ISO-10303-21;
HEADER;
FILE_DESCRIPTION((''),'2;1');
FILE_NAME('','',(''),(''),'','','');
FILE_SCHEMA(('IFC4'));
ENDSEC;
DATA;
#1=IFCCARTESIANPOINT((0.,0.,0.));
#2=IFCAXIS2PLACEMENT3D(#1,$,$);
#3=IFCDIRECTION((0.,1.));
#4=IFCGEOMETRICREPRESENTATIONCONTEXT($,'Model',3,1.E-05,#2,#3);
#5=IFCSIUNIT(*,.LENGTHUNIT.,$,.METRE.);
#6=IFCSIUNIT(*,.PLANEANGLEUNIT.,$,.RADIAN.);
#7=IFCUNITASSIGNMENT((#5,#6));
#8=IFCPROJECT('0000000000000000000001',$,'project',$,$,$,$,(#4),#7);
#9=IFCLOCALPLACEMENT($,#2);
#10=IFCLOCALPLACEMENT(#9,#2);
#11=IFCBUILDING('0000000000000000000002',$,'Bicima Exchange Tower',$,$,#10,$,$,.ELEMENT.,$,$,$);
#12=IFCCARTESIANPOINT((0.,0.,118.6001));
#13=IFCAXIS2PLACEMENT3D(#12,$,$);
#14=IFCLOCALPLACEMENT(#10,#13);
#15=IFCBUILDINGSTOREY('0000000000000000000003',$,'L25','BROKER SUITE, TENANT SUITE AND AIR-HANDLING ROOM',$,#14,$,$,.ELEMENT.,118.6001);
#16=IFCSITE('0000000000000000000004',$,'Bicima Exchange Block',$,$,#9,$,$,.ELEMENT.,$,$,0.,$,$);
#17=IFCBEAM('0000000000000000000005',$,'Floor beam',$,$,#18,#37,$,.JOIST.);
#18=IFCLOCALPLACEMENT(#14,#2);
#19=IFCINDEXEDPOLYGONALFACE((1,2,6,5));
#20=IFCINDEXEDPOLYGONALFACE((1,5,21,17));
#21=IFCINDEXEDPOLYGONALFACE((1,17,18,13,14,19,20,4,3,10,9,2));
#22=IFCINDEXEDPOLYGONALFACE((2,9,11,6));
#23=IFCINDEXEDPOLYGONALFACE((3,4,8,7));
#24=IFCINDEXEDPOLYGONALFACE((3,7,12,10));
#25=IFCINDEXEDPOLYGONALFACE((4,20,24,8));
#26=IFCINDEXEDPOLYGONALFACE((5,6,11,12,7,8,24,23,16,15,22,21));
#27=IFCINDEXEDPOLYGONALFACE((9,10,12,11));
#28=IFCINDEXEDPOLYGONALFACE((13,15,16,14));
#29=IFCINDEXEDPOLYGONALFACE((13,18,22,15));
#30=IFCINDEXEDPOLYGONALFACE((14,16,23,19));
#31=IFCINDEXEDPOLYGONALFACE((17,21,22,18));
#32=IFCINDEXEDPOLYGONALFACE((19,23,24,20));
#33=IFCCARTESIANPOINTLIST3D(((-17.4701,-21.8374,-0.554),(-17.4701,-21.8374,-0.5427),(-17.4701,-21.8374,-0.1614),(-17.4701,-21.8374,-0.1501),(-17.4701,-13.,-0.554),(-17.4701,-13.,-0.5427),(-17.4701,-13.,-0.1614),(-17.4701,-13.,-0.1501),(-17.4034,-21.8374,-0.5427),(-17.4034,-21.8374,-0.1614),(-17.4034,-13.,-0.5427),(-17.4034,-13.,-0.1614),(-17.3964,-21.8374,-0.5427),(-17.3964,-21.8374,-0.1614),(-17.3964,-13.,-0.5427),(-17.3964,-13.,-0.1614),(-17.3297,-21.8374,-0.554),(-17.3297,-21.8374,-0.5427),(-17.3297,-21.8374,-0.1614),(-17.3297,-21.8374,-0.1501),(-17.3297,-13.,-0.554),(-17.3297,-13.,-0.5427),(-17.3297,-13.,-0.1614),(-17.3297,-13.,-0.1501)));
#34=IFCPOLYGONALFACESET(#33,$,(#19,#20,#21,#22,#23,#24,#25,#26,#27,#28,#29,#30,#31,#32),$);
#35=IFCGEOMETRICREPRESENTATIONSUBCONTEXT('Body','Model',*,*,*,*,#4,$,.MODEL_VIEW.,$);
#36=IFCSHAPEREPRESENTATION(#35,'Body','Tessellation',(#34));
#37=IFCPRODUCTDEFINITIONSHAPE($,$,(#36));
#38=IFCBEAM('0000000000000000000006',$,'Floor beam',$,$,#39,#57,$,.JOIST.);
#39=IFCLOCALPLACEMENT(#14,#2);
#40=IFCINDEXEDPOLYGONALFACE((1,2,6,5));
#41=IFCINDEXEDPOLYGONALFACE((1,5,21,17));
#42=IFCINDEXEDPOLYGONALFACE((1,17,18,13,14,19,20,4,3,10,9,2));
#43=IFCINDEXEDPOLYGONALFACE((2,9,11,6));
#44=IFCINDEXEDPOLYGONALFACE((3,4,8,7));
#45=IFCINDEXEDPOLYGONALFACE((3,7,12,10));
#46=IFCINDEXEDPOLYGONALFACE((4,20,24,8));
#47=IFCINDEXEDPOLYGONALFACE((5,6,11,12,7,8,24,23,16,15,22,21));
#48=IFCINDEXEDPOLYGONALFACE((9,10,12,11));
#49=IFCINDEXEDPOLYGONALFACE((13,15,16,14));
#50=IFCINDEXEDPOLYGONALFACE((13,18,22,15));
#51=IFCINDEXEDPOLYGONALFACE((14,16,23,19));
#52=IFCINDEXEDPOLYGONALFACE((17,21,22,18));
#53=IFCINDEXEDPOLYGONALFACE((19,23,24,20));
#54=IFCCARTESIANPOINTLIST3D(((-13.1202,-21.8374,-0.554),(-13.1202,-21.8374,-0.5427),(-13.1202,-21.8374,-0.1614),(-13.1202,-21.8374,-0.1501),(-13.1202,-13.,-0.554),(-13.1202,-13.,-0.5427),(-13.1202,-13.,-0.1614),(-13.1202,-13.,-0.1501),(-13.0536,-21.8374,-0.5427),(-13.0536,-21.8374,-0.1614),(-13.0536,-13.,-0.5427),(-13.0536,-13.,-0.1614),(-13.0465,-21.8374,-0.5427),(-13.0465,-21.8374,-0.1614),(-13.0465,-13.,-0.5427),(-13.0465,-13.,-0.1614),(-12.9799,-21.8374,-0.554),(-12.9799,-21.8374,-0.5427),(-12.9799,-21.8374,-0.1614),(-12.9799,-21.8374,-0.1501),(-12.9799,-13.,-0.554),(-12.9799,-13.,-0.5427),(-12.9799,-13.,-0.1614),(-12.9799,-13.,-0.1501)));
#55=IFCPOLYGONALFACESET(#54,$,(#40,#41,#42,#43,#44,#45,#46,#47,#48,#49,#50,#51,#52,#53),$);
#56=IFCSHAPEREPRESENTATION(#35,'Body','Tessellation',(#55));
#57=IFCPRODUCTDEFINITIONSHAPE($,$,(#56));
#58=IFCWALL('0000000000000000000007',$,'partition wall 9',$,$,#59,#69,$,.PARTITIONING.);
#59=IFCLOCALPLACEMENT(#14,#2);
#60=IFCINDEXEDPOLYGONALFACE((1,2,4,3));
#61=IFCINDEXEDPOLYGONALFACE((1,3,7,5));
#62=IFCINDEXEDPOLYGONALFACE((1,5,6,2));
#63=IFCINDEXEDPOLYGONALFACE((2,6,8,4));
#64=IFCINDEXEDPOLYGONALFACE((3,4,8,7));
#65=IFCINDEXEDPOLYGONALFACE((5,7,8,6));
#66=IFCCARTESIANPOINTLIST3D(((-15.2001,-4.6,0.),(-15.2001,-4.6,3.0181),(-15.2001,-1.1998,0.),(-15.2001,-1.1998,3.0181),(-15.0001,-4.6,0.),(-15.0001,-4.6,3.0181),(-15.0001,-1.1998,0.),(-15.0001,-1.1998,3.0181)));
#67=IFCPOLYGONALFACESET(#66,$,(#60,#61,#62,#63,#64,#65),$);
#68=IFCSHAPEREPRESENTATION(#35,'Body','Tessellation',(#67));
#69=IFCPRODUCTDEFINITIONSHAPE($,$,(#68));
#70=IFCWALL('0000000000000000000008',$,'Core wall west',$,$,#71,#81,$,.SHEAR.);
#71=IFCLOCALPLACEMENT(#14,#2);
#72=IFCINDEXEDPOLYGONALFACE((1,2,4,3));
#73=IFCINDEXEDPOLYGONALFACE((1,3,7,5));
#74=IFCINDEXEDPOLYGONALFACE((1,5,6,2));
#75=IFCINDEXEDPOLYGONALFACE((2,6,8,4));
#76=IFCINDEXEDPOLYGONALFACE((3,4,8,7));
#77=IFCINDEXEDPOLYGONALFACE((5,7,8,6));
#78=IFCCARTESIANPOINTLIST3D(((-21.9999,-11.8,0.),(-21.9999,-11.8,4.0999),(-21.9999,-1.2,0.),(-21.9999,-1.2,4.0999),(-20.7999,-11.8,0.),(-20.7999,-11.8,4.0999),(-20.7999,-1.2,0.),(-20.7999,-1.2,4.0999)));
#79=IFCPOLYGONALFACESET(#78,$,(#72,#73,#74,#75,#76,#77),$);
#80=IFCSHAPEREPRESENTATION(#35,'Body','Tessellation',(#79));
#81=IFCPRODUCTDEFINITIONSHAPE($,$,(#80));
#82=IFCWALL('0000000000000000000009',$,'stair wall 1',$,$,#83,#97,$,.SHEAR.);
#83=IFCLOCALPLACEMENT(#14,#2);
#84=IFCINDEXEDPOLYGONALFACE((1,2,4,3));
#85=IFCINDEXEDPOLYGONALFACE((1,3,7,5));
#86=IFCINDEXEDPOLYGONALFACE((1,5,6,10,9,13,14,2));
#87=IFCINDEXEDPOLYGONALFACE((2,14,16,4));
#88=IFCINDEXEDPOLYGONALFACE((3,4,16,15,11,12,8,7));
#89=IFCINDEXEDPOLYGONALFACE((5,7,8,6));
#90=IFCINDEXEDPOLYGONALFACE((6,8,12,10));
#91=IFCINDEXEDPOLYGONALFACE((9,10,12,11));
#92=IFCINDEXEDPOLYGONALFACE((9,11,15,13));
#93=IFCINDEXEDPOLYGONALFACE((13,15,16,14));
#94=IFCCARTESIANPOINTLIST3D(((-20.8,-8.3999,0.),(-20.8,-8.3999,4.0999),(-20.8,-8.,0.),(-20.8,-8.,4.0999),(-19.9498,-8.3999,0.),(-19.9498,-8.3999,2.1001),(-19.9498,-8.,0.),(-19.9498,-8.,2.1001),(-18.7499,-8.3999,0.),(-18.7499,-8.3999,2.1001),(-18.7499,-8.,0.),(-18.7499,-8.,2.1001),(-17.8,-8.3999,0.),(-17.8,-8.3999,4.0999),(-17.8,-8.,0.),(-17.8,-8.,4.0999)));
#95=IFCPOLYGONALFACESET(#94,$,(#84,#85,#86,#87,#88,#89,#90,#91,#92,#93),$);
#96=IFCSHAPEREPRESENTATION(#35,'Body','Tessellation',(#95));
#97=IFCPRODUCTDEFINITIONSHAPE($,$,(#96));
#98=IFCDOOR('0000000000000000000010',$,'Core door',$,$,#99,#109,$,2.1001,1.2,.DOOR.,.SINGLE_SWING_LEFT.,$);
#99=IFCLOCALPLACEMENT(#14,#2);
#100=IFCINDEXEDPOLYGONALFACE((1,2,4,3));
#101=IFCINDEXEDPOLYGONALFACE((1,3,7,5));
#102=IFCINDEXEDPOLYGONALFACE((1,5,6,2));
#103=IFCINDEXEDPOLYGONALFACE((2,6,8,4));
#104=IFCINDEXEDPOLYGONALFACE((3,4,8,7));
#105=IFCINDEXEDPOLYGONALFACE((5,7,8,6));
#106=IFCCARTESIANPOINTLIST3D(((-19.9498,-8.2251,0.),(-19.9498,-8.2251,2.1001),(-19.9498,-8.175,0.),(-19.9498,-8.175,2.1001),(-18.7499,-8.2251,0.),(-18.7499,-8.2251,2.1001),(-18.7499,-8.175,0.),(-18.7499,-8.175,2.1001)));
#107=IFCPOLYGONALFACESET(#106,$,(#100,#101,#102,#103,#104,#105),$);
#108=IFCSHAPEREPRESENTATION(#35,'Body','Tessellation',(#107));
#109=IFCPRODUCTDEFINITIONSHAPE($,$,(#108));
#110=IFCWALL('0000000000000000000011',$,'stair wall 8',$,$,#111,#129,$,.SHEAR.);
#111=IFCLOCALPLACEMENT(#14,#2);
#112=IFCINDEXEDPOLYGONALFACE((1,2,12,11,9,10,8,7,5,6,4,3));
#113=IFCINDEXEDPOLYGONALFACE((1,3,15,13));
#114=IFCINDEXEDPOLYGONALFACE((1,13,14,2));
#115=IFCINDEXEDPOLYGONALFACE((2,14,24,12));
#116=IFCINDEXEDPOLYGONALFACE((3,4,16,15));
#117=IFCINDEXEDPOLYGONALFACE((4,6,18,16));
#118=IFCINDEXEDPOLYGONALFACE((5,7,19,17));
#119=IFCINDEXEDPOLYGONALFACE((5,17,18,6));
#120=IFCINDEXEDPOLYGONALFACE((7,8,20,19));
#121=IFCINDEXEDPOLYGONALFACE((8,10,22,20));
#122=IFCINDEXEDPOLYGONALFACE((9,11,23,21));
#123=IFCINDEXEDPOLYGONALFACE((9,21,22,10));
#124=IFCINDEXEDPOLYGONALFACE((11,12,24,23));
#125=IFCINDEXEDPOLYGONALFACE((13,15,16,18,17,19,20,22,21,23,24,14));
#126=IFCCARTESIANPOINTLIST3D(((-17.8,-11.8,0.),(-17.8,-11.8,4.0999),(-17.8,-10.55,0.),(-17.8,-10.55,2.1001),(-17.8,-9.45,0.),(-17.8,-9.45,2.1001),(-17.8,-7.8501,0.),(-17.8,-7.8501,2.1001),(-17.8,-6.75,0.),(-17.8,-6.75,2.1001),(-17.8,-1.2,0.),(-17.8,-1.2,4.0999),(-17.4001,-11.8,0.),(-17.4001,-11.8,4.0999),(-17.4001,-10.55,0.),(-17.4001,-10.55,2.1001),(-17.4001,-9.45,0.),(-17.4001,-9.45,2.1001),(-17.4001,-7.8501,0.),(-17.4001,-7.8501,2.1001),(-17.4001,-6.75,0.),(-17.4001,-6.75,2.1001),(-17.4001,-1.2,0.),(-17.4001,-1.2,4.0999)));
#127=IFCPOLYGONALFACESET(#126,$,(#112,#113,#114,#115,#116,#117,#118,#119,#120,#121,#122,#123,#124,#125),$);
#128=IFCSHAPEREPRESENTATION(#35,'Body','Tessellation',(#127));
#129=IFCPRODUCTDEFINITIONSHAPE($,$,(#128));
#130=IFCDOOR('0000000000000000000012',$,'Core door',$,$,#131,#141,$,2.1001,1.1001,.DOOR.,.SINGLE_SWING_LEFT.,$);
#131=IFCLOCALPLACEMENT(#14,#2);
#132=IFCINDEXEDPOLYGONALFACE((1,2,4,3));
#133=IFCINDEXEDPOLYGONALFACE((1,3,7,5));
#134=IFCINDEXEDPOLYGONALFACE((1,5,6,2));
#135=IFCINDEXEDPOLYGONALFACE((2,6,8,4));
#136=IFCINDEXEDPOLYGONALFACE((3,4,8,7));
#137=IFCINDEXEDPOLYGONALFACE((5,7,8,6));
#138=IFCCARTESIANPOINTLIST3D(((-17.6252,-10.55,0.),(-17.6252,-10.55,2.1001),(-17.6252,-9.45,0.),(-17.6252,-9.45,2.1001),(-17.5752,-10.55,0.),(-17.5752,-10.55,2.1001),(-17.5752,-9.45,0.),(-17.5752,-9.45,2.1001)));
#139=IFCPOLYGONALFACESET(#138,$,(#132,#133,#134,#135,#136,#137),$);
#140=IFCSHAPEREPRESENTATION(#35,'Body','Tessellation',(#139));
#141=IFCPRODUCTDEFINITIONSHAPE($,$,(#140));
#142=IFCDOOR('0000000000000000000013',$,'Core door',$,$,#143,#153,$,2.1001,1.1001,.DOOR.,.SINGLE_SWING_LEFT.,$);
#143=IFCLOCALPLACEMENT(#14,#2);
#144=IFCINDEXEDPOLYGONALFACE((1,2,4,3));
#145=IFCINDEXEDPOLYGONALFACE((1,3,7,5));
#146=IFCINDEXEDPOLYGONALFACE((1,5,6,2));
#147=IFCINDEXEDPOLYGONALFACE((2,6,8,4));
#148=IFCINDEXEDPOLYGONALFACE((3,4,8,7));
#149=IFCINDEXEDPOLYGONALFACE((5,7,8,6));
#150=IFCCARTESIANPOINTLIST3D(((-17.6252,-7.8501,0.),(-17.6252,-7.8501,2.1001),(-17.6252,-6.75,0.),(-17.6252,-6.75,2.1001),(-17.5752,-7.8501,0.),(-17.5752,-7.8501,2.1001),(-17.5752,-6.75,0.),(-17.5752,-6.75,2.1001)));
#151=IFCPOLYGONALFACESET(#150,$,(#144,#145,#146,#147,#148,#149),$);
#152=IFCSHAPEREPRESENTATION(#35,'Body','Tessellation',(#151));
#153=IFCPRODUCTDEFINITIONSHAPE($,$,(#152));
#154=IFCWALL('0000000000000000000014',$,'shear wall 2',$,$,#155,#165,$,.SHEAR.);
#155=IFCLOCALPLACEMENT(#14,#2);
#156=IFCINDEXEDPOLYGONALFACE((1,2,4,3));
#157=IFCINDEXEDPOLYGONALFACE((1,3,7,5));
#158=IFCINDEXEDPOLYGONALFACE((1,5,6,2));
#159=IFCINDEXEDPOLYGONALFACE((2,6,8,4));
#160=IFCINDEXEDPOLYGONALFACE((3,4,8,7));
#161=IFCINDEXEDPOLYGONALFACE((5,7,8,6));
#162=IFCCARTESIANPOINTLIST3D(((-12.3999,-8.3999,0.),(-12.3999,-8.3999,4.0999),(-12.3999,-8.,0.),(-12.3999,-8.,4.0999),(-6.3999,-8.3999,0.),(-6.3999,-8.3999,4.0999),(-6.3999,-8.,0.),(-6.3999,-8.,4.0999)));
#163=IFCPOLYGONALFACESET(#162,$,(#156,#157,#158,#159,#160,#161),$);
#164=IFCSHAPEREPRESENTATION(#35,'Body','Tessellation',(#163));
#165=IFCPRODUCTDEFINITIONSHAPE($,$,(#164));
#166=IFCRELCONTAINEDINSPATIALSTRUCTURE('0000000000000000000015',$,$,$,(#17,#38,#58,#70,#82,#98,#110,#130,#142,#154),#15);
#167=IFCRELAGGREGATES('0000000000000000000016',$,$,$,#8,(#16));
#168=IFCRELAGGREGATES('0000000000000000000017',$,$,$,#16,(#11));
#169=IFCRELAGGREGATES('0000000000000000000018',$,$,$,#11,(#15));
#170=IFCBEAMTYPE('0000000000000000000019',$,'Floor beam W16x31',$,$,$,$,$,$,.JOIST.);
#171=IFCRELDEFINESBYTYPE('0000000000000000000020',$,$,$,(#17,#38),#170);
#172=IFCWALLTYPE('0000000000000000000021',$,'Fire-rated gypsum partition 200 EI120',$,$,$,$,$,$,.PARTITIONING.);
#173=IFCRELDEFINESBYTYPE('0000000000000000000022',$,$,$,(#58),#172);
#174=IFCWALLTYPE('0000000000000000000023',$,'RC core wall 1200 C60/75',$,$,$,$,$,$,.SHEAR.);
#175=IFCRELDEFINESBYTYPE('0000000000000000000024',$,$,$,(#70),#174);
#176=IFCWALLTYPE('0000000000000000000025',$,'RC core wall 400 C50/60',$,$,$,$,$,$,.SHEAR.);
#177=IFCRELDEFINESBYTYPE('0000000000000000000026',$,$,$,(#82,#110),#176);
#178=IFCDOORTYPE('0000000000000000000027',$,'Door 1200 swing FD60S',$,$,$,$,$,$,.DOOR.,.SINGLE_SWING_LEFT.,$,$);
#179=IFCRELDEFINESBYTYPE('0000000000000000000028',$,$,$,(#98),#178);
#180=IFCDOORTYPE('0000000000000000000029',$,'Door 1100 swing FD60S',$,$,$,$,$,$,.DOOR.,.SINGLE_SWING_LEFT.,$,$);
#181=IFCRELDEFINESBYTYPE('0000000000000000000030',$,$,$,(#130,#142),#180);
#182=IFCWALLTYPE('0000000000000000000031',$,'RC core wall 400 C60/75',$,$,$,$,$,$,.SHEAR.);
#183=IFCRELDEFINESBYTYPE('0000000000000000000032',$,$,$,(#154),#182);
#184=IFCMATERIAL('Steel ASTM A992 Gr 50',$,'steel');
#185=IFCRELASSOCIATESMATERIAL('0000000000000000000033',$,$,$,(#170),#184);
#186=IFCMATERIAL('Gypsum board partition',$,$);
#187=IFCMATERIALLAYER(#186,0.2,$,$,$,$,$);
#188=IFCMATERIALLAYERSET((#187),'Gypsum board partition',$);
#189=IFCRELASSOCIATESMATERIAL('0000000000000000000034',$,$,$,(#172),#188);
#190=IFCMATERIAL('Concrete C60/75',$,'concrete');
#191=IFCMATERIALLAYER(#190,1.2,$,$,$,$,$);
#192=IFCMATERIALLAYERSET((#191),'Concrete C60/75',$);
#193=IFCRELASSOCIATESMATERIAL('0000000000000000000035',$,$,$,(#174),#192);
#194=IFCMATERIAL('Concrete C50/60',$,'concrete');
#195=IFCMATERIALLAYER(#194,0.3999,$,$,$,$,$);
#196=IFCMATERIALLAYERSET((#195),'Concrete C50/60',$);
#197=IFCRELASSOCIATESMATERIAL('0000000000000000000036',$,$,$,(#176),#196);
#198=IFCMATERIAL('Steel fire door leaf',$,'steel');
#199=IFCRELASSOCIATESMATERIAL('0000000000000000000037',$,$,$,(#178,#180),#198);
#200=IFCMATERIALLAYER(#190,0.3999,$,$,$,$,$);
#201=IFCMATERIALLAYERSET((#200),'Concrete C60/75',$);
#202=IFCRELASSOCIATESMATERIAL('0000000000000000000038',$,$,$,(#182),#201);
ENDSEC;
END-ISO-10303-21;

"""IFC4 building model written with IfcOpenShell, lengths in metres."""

from ifc_helpers import new_model, si_unit, direction, frame, frame_2d, origin, origin_2d, place, context, subcontext, project, spatial, rectangle, i_section, extrude, material, layer, layer_set, material_profile, profile_set, type_object, element, fill, save


model = new_model("IFC4")

# Units and contexts
model_context = context("Model", 3, precision=1e-05, world=origin(), true_north=direction((0.0, 1.0)))
body_context = subcontext(model_context, "Body", "Model", "MODEL_VIEW")
ifc_project = project(units=[si_unit("LENGTHUNIT", "METRE"), si_unit("PLANEANGLEUNIT", "RADIAN")], contexts=[model_context])

# Site, building, storey
site_placement = place(None, origin())
site = spatial("IfcSite", under=ifc_project, at=site_placement, Name="Bicima Exchange Block", CompositionType="ELEMENT", RefElevation=0.0)
building_placement = place(site_placement, origin())
building = spatial("IfcBuilding", under=site, at=building_placement, Name="Bicima Exchange Tower", CompositionType="ELEMENT")
storey_placement = place(building_placement, frame((0.0, 0.0, 118.6001)))
storey = spatial("IfcBuildingStorey", under=building, at=storey_placement, Name="L25", Description="BROKER SUITE, TENANT SUITE AND AIR-HANDLING ROOM", CompositionType="ELEMENT", Elevation=118.6001)

# Beams
ifc_material_1 = material(Name="Steel ASTM A992 Gr 50", Category="steel")
ifc_material_profile = material_profile(ifc_material_1, i_section(OverallWidth=0.1404, OverallDepth=0.4038, WebThickness=0.0071, FlangeThickness=0.0112, at=origin_2d()))
ifc_profile_set = profile_set([ifc_material_profile], Name="Steel ASTM A992 Gr 50")
beam_type = type_object("IfcBeamType", Name="Floor beam W16x31", PredefinedType="JOIST", material=ifc_profile_set)
for number, where, z_axis, x_axis, name in (
    (1, (-17.3999, -13.0, -0.3521), (0.0, -1.0, 0.0), (1.0, 0.0, 0.0), "Floor beam"),
    (2, (-13.05, -13.0, -0.3521), (0.0, -1.0, 0.0), (1.0, 0.0, 0.0), "Floor beam"),
):
    element("IfcBeam", number, at=place(storey_placement, frame(where, z_axis=z_axis, x_axis=x_axis)), inside=storey, type_object=beam_type, Name=name, PredefinedType="JOIST", context=body_context, shape_type="SweptSolid", body=[
        extrude(i_section(OverallWidth=0.1404, OverallDepth=0.4038, WebThickness=0.0071, FlangeThickness=0.0112, at=origin_2d()), origin(), (0.0, 0.0, 1.0), 8.8374),
    ])

# Walls
ifc_material_2 = material(Name="Gypsum board partition")
ifc_layer_1 = layer(ifc_material_2, 0.2)
ifc_layer_set_1 = layer_set([ifc_layer_1], Name="Gypsum board partition")
wall_type_1 = type_object("IfcWallType", Name="Fire-rated gypsum partition 200 EI120", PredefinedType="PARTITIONING", material=ifc_layer_set_1)
wall_1_placement = place(storey_placement, frame((-15.1001, -4.6001, 0.0), z_axis=(0.0, 0.0, 1.0), x_axis=(0.0, 1.0, 0.0)))
element("IfcWall", 3, at=wall_1_placement, inside=storey, type_object=wall_type_1, Name="partition wall 9", PredefinedType="PARTITIONING", context=body_context, shape_type="SweptSolid", body=[
    extrude(rectangle(XDim=3.4001, YDim=0.2, at=frame_2d((1.7002, 0.0))), origin(), (0.0, 0.0, 1.0), 3.0181),
])
ifc_material_3 = material(Name="Concrete C60/75", Category="concrete")
ifc_layer_2 = layer(ifc_material_3, 1.2)
ifc_layer_set_2 = layer_set([ifc_layer_2], Name="Concrete C60/75")
wall_type_2 = type_object("IfcWallType", Name="RC core wall 1200 C60/75", PredefinedType="SHEAR", material=ifc_layer_set_2)
wall_2_placement = place(storey_placement, frame((-21.3999, -11.8, 0.0), z_axis=(0.0, 0.0, 1.0), x_axis=(0.0, 1.0, 0.0)))
element("IfcWall", 4, at=wall_2_placement, inside=storey, type_object=wall_type_2, Name="Core wall west", PredefinedType="SHEAR", context=body_context, shape_type="SweptSolid", body=[
    extrude(rectangle(XDim=10.6001, YDim=1.2, at=frame_2d((5.3, 0.0))), origin(), (0.0, 0.0, 1.0), 4.0999),
])

# Wall, opening, door
ifc_material_4 = material(Name="Concrete C50/60", Category="concrete")
ifc_layer_3 = layer(ifc_material_4, 0.3999)
ifc_layer_set_3 = layer_set([ifc_layer_3], Name="Concrete C50/60")
wall_type_3 = type_object("IfcWallType", Name="RC core wall 400 C50/60", PredefinedType="SHEAR", material=ifc_layer_set_3)
wall_3_placement = place(storey_placement, frame((-20.8, -8.2, 0.0), z_axis=(0.0, 0.0, 1.0), x_axis=(1.0, 0.0, 0.0)))
wall_3 = element("IfcWall", 5, at=wall_3_placement, inside=storey, type_object=wall_type_3, Name="stair wall 1", PredefinedType="SHEAR", context=body_context, shape_type="SweptSolid", body=[
    extrude(rectangle(XDim=3.0, YDim=0.3999, at=frame_2d((1.5, 0.0))), origin(), (0.0, 0.0, 1.0), 4.0999),
])
opening_1_placement = place(wall_3_placement, frame((0.8501, 0.0, 0.0)))
opening_1 = element("IfcOpeningElement", 6, at=opening_1_placement, cuts=wall_3, PredefinedType="OPENING", context=body_context, shape_type="SweptSolid", body=[
    extrude(rectangle(XDim=1.2, YDim=2.1001, at=frame_2d((0.6001, 1.05))), frame((0.0, 0.2119, 0.0), z_axis=(0.0, -1.0, 0.0), x_axis=(1.0, 0.0, 0.0)), (0.0, 0.0, 1.0), 0.4238),
])
ifc_material_5 = material(Name="Steel fire door leaf", Category="steel")
door_type_1 = type_object("IfcDoorType", Name="Door 1200 swing FD60S", OperationType="SINGLE_SWING_LEFT", PredefinedType="DOOR", material=ifc_material_5)
door_1_placement = place(opening_1_placement, origin())
door_1 = element("IfcDoor", 7, at=door_1_placement, inside=storey, type_object=door_type_1, Name="Core door", OperationType="SINGLE_SWING_LEFT", OverallHeight=2.1001, OverallWidth=1.2, PredefinedType="DOOR", context=body_context, shape_type="SweptSolid", body=[
    extrude(rectangle(XDim=1.2, YDim=2.1001, at=frame_2d((0.6001, 1.05))), frame((0.0, 0.0249, 0.0), z_axis=(0.0, -1.0, 0.0), x_axis=(1.0, 0.0, 0.0)), (0.0, 0.0, 1.0), 0.05),
])
fill(opening_1, door_1)

# Wall, openings, doors
wall_4_placement = place(storey_placement, frame((-17.6001, -11.8, 0.0), z_axis=(0.0, 0.0, 1.0), x_axis=(0.0, 1.0, 0.0)))
wall_4 = element("IfcWall", 8, at=wall_4_placement, inside=storey, type_object=wall_type_3, Name="stair wall 8", PredefinedType="SHEAR", context=body_context, shape_type="SweptSolid", body=[
    extrude(rectangle(XDim=10.6001, YDim=0.3999, at=frame_2d((5.3, 0.0))), origin(), (0.0, 0.0, 1.0), 4.0999),
])
opening_2_placement = place(wall_4_placement, frame((1.25, 0.0, 0.0)))
opening_2 = element("IfcOpeningElement", 9, at=opening_2_placement, cuts=wall_4, PredefinedType="OPENING", context=body_context, shape_type="SweptSolid", body=[
    extrude(rectangle(XDim=1.1001, YDim=2.1001, at=frame_2d((0.55, 1.05))), frame((0.0, 0.2119, 0.0), z_axis=(0.0, -1.0, 0.0), x_axis=(1.0, 0.0, 0.0)), (0.0, 0.0, 1.0), 0.4238),
])
opening_3_placement = place(wall_4_placement, frame((3.95, 0.0, 0.0)))
opening_3 = element("IfcOpeningElement", 10, at=opening_3_placement, cuts=wall_4, PredefinedType="OPENING", context=body_context, shape_type="SweptSolid", body=[
    extrude(rectangle(XDim=1.1001, YDim=2.1001, at=frame_2d((0.55, 1.05))), frame((0.0, 0.2119, 0.0), z_axis=(0.0, -1.0, 0.0), x_axis=(1.0, 0.0, 0.0)), (0.0, 0.0, 1.0), 0.4238),
])
door_type_2 = type_object("IfcDoorType", Name="Door 1100 swing FD60S", OperationType="SINGLE_SWING_LEFT", PredefinedType="DOOR", material=ifc_material_5)
door_2_placement = place(opening_2_placement, frame((1.1001, 0.0, 0.0), z_axis=(0.0, 0.0, 1.0), x_axis=(-1.0, 0.0, 0.0)))
door_2 = element("IfcDoor", 11, at=door_2_placement, inside=storey, type_object=door_type_2, Name="Core door", OperationType="SINGLE_SWING_LEFT", OverallHeight=2.1001, OverallWidth=1.1001, PredefinedType="DOOR", context=body_context, shape_type="SweptSolid", body=[
    extrude(rectangle(XDim=1.1001, YDim=2.1001, at=frame_2d((0.55, 1.05))), frame((0.0, 0.0249, 0.0), z_axis=(0.0, -1.0, 0.0), x_axis=(1.0, 0.0, 0.0)), (0.0, 0.0, 1.0), 0.05),
])
fill(opening_2, door_2)
door_3_placement = place(opening_3_placement, frame((1.1001, 0.0, 0.0), z_axis=(0.0, 0.0, 1.0), x_axis=(-1.0, 0.0, 0.0)))
door_3 = element("IfcDoor", 12, at=door_3_placement, inside=storey, type_object=door_type_2, Name="Core door", OperationType="SINGLE_SWING_LEFT", OverallHeight=2.1001, OverallWidth=1.1001, PredefinedType="DOOR", context=body_context, shape_type="SweptSolid", body=[
    extrude(rectangle(XDim=1.1001, YDim=2.1001, at=frame_2d((0.55, 1.05))), frame((0.0, 0.0249, 0.0), z_axis=(0.0, -1.0, 0.0), x_axis=(1.0, 0.0, 0.0)), (0.0, 0.0, 1.0), 0.05),
])
fill(opening_3, door_3)

# Wall
ifc_layer_4 = layer(ifc_material_3, 0.3999)
ifc_layer_set_4 = layer_set([ifc_layer_4], Name="Concrete C60/75")
wall_type_4 = type_object("IfcWallType", Name="RC core wall 400 C60/75", PredefinedType="SHEAR", material=ifc_layer_set_4)
wall_5_placement = place(storey_placement, frame((-12.3999, -8.2, 0.0), z_axis=(0.0, 0.0, 1.0), x_axis=(1.0, 0.0, 0.0)))
element("IfcWall", 13, at=wall_5_placement, inside=storey, type_object=wall_type_4, Name="shear wall 2", PredefinedType="SHEAR", context=body_context, shape_type="SweptSolid", body=[
    extrude(rectangle(XDim=6.0, YDim=0.3999, at=frame_2d((3.0, 0.0))), origin(), (0.0, 0.0, 1.0), 4.0999),
])

save(model, "model.ifc")
